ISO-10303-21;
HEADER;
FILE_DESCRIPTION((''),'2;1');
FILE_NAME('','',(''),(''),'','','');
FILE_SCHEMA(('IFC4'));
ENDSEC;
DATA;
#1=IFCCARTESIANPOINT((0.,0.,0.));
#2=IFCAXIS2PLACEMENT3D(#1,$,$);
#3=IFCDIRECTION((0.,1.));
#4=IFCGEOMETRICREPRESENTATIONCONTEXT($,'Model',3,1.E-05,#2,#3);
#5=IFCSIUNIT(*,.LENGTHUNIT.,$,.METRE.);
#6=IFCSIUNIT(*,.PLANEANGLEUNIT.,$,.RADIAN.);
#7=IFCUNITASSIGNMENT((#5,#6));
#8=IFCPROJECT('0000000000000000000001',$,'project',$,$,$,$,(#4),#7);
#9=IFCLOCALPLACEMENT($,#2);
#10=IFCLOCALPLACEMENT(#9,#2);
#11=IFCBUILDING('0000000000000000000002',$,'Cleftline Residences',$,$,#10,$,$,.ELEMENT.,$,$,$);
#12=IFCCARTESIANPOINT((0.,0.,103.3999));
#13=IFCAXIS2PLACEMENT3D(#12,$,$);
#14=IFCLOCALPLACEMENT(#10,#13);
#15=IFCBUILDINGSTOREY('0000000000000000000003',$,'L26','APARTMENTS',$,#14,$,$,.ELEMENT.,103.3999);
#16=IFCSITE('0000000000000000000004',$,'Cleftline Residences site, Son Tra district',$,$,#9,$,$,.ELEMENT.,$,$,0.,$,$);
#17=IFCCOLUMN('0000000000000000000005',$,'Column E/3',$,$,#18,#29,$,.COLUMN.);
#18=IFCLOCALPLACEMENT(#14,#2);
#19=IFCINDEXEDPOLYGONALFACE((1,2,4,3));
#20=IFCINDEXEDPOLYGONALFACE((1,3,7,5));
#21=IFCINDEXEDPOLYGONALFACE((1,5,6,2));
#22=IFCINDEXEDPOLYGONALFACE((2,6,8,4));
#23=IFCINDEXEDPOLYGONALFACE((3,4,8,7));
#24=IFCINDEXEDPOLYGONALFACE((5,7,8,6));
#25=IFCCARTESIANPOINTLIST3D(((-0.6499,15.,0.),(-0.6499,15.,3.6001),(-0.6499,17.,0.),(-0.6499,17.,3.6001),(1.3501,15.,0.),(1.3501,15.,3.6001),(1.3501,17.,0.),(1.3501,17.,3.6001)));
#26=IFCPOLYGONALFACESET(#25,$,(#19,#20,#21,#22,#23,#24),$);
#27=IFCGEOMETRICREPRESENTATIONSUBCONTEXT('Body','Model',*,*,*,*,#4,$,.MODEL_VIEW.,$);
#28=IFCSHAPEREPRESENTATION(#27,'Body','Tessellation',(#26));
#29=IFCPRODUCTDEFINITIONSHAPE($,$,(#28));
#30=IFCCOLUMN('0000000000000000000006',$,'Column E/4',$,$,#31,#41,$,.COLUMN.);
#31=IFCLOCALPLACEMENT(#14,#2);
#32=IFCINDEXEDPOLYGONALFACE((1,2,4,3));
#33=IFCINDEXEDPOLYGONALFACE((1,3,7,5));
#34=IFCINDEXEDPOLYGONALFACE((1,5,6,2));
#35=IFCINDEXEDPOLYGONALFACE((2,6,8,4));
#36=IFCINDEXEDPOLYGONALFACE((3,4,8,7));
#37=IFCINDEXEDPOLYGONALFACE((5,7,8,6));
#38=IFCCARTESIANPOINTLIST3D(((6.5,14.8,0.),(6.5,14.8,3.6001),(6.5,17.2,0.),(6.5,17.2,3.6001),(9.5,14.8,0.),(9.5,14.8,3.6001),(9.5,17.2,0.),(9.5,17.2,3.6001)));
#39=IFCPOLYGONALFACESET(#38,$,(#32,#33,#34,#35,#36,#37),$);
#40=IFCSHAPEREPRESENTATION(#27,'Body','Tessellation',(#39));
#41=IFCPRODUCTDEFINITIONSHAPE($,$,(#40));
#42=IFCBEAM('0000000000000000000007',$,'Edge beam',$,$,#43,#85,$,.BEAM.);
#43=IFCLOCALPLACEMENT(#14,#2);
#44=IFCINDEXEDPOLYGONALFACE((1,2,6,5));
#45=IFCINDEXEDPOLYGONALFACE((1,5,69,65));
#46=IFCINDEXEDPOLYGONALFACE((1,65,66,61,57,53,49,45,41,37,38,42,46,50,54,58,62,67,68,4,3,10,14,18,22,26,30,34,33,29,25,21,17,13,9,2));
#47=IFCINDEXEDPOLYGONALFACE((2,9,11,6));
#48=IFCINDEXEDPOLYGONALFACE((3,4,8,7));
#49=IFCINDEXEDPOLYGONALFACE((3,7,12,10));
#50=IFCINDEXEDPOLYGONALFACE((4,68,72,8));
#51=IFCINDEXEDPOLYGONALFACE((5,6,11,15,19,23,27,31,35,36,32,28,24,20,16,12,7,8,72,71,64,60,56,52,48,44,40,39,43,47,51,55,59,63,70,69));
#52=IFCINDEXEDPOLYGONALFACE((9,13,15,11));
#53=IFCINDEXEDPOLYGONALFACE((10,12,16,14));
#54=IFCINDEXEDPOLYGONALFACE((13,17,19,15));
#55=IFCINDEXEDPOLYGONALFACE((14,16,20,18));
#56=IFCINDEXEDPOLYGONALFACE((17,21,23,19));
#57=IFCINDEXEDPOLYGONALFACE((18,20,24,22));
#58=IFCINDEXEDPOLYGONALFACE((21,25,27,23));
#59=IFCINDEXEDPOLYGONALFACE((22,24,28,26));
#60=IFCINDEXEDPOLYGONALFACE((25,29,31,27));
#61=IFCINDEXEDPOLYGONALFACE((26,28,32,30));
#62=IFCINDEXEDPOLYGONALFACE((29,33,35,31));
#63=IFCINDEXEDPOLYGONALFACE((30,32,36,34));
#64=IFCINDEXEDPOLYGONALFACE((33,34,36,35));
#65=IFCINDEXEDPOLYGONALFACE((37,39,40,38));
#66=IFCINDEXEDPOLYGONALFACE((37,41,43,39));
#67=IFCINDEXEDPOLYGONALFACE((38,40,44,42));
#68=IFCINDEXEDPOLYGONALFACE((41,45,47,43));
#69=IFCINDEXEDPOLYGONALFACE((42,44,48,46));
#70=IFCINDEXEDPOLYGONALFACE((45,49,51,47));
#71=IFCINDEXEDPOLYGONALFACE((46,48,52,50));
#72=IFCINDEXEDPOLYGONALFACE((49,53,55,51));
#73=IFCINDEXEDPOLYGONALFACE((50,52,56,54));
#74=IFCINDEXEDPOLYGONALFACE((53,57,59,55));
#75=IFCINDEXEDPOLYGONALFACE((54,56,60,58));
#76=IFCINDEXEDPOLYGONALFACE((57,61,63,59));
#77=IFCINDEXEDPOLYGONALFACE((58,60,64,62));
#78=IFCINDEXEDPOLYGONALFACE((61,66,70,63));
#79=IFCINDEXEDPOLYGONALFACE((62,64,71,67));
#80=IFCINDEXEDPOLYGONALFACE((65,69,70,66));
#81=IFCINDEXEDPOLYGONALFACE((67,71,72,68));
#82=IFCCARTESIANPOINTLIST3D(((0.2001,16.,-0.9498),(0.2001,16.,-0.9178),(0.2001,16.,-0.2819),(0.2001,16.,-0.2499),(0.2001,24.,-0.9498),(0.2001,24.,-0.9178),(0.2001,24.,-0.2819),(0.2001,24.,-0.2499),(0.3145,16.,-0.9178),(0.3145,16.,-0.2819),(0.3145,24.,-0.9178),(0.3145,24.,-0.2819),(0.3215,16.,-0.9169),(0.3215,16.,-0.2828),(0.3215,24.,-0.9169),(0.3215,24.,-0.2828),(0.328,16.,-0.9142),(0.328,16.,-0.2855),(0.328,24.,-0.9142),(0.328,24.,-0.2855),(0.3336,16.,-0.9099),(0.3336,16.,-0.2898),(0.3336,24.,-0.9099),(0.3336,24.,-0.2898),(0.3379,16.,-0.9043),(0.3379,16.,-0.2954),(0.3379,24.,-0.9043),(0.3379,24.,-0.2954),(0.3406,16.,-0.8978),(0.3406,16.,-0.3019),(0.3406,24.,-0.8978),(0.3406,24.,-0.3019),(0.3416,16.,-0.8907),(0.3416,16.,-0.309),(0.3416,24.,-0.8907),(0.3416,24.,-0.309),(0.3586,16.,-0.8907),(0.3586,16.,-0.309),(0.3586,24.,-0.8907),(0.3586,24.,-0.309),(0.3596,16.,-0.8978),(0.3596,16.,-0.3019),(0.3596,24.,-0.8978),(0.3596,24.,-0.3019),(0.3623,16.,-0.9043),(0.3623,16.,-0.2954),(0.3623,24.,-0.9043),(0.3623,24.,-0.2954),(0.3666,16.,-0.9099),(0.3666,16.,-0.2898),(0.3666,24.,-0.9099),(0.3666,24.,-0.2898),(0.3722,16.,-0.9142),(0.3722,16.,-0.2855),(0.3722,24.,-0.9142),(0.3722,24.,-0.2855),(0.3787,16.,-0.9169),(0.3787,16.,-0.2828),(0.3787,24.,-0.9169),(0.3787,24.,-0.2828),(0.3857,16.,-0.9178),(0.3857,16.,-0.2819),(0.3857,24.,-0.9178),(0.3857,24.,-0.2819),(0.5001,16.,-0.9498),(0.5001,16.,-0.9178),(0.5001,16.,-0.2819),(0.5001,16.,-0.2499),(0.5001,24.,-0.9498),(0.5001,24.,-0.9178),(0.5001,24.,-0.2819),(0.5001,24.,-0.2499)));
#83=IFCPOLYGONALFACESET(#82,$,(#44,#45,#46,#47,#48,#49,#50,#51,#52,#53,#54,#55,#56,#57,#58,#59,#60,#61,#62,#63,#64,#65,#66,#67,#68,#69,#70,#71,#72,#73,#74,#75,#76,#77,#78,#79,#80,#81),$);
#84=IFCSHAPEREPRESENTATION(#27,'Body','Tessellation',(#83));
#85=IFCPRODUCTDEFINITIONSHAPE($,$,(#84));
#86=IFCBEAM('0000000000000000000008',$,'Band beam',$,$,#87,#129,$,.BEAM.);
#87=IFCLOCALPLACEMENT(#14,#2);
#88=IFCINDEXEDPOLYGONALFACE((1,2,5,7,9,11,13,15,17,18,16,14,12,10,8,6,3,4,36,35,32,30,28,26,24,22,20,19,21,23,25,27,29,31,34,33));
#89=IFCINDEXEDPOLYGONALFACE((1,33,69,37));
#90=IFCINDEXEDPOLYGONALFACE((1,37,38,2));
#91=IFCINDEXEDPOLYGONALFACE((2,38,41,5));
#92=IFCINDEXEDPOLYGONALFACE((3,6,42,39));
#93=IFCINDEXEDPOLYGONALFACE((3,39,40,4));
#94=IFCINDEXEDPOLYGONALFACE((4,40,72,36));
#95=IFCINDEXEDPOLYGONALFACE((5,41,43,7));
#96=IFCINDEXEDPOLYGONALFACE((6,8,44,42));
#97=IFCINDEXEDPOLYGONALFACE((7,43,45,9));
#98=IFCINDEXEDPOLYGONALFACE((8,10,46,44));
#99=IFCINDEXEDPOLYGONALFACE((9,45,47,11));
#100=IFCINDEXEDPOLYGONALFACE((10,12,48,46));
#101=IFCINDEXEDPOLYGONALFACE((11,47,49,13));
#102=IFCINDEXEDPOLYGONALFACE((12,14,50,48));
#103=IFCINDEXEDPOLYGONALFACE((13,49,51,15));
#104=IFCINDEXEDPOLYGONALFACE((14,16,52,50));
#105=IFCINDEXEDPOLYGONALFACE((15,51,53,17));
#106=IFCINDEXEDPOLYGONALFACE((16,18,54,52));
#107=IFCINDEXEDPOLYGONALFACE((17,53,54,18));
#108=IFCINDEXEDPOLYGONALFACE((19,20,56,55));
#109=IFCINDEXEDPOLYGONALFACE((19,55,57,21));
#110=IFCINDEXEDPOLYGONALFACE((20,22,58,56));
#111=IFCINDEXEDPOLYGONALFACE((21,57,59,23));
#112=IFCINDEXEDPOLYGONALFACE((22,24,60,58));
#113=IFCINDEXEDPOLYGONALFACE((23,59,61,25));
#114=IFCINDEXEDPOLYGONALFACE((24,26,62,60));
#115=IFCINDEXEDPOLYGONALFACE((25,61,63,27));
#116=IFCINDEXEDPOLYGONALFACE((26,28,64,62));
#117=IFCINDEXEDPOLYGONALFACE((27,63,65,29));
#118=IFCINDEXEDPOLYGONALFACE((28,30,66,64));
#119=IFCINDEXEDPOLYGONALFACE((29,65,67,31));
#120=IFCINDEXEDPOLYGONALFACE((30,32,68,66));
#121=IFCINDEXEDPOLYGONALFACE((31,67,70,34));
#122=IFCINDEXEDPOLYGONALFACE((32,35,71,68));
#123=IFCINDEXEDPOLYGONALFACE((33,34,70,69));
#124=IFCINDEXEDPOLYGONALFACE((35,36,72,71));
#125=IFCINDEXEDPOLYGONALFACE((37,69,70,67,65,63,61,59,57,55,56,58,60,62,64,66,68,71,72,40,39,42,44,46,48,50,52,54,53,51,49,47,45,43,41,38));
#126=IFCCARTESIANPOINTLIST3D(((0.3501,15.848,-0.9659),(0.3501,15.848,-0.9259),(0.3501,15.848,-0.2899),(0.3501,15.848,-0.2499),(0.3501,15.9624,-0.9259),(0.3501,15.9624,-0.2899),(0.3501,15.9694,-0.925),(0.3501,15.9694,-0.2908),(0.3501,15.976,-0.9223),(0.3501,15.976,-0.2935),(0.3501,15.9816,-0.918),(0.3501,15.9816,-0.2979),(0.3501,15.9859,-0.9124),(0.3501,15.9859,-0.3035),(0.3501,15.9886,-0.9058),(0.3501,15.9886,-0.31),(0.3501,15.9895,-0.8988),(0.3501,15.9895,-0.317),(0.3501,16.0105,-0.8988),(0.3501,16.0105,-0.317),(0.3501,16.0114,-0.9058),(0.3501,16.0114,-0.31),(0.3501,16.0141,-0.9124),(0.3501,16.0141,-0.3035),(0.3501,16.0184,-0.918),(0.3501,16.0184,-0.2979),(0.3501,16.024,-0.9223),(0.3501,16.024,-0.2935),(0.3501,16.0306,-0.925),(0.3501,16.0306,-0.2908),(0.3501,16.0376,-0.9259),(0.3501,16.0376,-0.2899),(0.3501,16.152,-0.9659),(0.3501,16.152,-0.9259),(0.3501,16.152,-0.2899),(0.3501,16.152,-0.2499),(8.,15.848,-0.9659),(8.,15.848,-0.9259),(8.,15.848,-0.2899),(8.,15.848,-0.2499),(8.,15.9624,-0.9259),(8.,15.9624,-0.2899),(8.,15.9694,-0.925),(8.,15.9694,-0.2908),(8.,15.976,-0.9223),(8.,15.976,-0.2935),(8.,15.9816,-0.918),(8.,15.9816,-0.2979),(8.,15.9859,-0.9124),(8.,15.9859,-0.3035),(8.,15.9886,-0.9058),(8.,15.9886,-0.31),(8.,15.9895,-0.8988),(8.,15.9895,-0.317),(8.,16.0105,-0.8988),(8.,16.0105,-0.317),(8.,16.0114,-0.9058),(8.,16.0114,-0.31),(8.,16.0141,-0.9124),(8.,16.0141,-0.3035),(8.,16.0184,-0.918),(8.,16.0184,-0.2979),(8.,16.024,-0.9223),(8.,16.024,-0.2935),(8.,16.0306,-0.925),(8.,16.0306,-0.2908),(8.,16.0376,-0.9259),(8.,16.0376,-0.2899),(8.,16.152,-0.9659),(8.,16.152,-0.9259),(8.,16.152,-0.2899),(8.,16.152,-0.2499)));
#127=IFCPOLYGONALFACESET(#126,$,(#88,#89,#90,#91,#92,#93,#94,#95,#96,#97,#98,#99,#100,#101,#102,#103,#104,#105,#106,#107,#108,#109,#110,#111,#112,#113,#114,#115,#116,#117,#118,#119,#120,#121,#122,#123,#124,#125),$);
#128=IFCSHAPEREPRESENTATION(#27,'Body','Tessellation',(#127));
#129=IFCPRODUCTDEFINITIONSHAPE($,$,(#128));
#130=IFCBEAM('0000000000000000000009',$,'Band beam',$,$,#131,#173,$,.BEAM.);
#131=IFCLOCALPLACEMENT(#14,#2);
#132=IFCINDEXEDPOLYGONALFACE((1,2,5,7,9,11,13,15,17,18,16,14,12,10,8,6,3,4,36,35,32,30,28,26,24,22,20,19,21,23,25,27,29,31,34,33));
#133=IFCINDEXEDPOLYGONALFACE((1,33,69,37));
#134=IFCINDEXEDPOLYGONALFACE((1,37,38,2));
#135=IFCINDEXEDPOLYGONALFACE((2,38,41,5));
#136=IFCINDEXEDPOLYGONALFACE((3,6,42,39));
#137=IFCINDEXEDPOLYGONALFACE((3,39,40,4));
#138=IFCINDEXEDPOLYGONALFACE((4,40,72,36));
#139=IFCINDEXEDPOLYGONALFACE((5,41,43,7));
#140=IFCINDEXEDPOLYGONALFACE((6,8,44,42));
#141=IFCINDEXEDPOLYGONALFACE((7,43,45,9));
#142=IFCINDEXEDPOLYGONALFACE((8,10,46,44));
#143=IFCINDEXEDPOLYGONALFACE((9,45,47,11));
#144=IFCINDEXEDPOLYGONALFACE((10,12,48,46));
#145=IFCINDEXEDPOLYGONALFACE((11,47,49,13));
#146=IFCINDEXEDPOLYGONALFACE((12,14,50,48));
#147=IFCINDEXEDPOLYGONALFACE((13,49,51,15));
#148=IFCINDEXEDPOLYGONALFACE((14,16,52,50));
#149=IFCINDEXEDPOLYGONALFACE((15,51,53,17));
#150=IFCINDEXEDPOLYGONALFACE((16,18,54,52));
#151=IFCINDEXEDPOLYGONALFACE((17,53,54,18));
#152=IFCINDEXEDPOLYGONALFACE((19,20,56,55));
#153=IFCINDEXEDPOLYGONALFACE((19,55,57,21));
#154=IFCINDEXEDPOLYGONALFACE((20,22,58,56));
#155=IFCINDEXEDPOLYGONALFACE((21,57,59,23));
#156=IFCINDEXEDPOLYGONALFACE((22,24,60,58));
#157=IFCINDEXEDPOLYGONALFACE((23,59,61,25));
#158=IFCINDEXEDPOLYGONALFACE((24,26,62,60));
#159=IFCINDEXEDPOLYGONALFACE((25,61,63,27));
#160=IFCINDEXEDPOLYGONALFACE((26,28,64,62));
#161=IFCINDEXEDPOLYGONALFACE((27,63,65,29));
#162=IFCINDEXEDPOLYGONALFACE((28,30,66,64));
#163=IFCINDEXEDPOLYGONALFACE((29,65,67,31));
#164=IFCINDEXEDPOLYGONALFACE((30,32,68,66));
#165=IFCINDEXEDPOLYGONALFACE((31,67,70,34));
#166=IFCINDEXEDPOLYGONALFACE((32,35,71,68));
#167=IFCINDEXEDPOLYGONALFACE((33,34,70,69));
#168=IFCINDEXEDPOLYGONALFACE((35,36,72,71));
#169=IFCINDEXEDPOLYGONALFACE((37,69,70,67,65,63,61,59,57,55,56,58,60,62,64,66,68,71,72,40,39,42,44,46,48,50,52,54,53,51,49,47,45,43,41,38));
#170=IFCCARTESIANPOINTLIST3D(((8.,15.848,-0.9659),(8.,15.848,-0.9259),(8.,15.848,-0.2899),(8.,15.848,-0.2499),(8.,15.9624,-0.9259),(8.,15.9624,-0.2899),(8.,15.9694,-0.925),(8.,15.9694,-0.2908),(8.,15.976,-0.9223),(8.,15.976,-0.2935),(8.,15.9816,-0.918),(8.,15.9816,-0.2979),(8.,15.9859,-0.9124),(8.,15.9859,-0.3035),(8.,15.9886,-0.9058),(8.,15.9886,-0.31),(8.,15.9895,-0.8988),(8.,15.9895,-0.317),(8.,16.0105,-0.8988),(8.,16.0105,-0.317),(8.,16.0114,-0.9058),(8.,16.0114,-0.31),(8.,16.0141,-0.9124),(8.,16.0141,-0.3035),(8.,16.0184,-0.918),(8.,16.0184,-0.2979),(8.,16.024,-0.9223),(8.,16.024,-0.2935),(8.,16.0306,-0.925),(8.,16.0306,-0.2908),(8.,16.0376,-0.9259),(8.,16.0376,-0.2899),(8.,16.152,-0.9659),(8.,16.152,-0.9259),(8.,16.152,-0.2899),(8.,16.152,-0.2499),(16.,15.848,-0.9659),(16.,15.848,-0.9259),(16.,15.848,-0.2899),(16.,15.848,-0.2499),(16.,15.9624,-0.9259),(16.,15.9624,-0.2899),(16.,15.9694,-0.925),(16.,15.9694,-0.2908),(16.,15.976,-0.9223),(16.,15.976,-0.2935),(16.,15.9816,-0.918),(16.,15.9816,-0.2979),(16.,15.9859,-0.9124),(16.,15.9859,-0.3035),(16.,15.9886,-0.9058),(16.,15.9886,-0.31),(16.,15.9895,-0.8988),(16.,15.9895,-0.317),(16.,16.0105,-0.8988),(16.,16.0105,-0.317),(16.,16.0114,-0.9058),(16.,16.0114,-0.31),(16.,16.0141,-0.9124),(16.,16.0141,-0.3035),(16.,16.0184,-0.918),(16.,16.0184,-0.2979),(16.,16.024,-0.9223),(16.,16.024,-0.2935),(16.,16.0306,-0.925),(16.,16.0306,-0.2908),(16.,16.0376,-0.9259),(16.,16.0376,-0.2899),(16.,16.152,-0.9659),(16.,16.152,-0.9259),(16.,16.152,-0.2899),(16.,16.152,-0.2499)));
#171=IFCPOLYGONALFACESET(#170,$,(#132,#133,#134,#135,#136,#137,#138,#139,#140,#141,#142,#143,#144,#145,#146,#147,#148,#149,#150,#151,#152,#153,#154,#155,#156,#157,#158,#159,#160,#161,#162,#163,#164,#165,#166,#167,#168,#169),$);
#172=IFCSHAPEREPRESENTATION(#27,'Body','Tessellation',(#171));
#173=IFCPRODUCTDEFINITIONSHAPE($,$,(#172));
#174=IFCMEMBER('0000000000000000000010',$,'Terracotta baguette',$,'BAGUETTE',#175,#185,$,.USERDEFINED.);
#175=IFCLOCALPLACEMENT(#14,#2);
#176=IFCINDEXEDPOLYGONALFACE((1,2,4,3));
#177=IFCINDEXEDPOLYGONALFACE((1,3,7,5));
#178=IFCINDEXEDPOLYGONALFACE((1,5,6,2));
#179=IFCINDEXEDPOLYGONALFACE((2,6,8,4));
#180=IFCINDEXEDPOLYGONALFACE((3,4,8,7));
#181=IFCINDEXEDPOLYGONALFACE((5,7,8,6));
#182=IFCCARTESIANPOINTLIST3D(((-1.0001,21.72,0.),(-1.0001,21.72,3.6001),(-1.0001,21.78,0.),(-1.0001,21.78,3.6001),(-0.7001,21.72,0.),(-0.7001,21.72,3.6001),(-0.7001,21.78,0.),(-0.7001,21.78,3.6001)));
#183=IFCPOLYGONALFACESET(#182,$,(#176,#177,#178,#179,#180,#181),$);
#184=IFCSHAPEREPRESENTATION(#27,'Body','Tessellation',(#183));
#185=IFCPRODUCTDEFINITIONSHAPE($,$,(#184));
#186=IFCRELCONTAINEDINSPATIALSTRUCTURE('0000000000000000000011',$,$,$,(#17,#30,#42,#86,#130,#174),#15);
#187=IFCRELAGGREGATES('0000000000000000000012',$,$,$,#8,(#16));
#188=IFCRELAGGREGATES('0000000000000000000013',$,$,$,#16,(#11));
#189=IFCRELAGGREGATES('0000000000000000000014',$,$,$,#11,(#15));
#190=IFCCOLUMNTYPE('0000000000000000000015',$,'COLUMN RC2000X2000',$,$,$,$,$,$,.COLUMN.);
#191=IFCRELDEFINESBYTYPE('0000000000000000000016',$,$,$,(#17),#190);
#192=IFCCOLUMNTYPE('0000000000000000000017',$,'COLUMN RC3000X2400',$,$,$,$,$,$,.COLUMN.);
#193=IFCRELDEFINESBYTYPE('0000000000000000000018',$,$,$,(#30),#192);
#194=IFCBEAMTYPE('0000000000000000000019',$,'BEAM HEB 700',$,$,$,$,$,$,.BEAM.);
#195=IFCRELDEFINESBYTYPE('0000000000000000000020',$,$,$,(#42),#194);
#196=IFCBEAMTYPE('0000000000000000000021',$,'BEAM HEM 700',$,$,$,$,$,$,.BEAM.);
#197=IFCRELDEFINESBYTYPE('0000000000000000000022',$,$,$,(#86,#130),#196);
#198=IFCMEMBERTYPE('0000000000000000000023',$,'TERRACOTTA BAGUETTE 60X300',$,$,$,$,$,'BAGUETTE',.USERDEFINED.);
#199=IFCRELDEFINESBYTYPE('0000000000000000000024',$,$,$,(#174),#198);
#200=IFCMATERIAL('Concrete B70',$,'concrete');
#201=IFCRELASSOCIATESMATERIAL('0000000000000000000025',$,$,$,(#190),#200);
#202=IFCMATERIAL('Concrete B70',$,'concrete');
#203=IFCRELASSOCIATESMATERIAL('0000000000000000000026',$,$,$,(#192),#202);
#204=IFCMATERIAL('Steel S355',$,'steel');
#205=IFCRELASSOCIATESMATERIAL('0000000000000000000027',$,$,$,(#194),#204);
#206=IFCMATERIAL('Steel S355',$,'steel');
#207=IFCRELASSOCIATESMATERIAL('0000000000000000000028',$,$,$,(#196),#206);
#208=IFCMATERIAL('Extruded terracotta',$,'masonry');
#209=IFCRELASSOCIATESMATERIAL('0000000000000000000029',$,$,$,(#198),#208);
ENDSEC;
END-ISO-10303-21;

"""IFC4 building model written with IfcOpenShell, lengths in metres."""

from ifc_helpers import new_model, si_unit, direction, frame, origin, origin_2d, place, context, subcontext, project, spatial, rectangle, i_section, extrude, material, material_profile, profile_set, type_object, element, save


model = new_model("IFC4")

# Units and contexts
model_context = context("Model", 3, precision=1e-05, world=origin(), true_north=direction((0.0, 1.0)))
body_context = subcontext(model_context, "Body", "Model", "MODEL_VIEW")
ifc_project = project(units=[si_unit("LENGTHUNIT", "METRE"), si_unit("PLANEANGLEUNIT", "RADIAN")], contexts=[model_context])

# Site, building, storey
site_placement = place(None, origin())
site = spatial("IfcSite", under=ifc_project, at=site_placement, Name="Cleftline Residences site, Son Tra district", CompositionType="ELEMENT", RefElevation=0.0)
building_placement = place(site_placement, origin())
building = spatial("IfcBuilding", under=site, at=building_placement, Name="Cleftline Residences", CompositionType="ELEMENT")
storey_placement = place(building_placement, frame((0.0, 0.0, 103.3999)))
storey = spatial("IfcBuildingStorey", under=building, at=storey_placement, Name="L26", Description="APARTMENTS", CompositionType="ELEMENT", Elevation=103.3999)

# Columns
ifc_material_1 = material(Name="Concrete B70", Category="concrete")
ifc_material_profile_1 = material_profile(ifc_material_1, rectangle(XDim=2.0, YDim=2.0, at=origin_2d()))
ifc_profile_set_1 = profile_set([ifc_material_profile_1], Name="Concrete B70")
column_type_1 = type_object("IfcColumnType", Name="COLUMN RC2000X2000", PredefinedType="COLUMN", material=ifc_profile_set_1)
column_1_placement = place(storey_placement, frame((0.3501, 16.0, 0.0), z_axis=(0.0, 0.0, 1.0), x_axis=(1.0, 0.0, 0.0)))
element("IfcColumn", 1, at=column_1_placement, inside=storey, type_object=column_type_1, Name="Column E/3", PredefinedType="COLUMN", context=body_context, shape_type="SweptSolid", body=[
    extrude(rectangle(XDim=2.0, YDim=2.0, at=origin_2d()), origin(), (0.0, 0.0, 1.0), 3.6001),
])
ifc_material_2 = material(Name="Concrete B70", Category="concrete")
ifc_material_profile_2 = material_profile(ifc_material_2, rectangle(XDim=3.0, YDim=2.3999, at=origin_2d()))
ifc_profile_set_2 = profile_set([ifc_material_profile_2], Name="Concrete B70")
column_type_2 = type_object("IfcColumnType", Name="COLUMN RC3000X2400", PredefinedType="COLUMN", material=ifc_profile_set_2)
column_2_placement = place(storey_placement, frame((8.0, 16.0, 0.0), z_axis=(0.0, 0.0, 1.0), x_axis=(1.0, 0.0, 0.0)))
element("IfcColumn", 2, at=column_2_placement, inside=storey, type_object=column_type_2, Name="Column E/4", PredefinedType="COLUMN", context=body_context, shape_type="SweptSolid", body=[
    extrude(rectangle(XDim=3.0, YDim=2.3999, at=origin_2d()), origin(), (0.0, 0.0, 1.0), 3.6001),
])

# Beams
ifc_material_3 = material(Name="Steel S355", Category="steel")
ifc_material_profile_3 = material_profile(ifc_material_3, i_section(OverallWidth=0.3, OverallDepth=0.7, WebThickness=0.0171, FlangeThickness=0.032, FilletRadius=0.0271, at=origin_2d()))
ifc_profile_set_3 = profile_set([ifc_material_profile_3], Name="Steel S355")
beam_type_1 = type_object("IfcBeamType", Name="BEAM HEB 700", PredefinedType="BEAM", material=ifc_profile_set_3)
beam_1_placement = place(storey_placement, frame((0.3501, 16.0, -0.5999), z_axis=(0.0, 1.0, 0.0), x_axis=(-1.0, 0.0, 0.0)))
element("IfcBeam", 3, at=beam_1_placement, inside=storey, type_object=beam_type_1, Name="Edge beam", PredefinedType="BEAM", context=body_context, shape_type="SweptSolid", body=[
    extrude(i_section(OverallWidth=0.3, OverallDepth=0.7, WebThickness=0.0171, FlangeThickness=0.032, FilletRadius=0.0271, at=origin_2d()), origin(), (0.0, 0.0, 1.0), 8.0),
])
ifc_material_4 = material(Name="Steel S355", Category="steel")
ifc_material_profile_4 = material_profile(ifc_material_4, i_section(OverallWidth=0.304, OverallDepth=0.7161, WebThickness=0.021, FlangeThickness=0.04, FilletRadius=0.0271, at=origin_2d()))
ifc_profile_set_4 = profile_set([ifc_material_profile_4], Name="Steel S355")
beam_type_2 = type_object("IfcBeamType", Name="BEAM HEM 700", PredefinedType="BEAM", material=ifc_profile_set_4)
beam_2_placement = place(storey_placement, frame((0.3501, 16.0, -0.6079), z_axis=(1.0, 0.0, 0.0), x_axis=(0.0, 1.0, 0.0)))
element("IfcBeam", 4, at=beam_2_placement, inside=storey, type_object=beam_type_2, Name="Band beam", PredefinedType="BEAM", context=body_context, shape_type="SweptSolid", body=[
    extrude(i_section(OverallWidth=0.304, OverallDepth=0.7161, WebThickness=0.021, FlangeThickness=0.04, FilletRadius=0.0271, at=origin_2d()), origin(), (0.0, 0.0, 1.0), 7.6499),
])
beam_3_placement = place(storey_placement, frame((8.0, 16.0, -0.6079), z_axis=(1.0, 0.0, 0.0), x_axis=(0.0, 1.0, 0.0)))
element("IfcBeam", 5, at=beam_3_placement, inside=storey, type_object=beam_type_2, Name="Band beam", PredefinedType="BEAM", context=body_context, shape_type="SweptSolid", body=[
    extrude(i_section(OverallWidth=0.304, OverallDepth=0.7161, WebThickness=0.021, FlangeThickness=0.04, FilletRadius=0.0271, at=origin_2d()), origin(), (0.0, 0.0, 1.0), 8.0),
])

# Member
ifc_material_5 = material(Name="Extruded terracotta", Category="masonry")
ifc_material_profile_5 = material_profile(ifc_material_5, rectangle(XDim=0.0601, YDim=0.3, at=origin_2d()))
ifc_profile_set_5 = profile_set([ifc_material_profile_5], Name="Extruded terracotta")
member_type = type_object("IfcMemberType", Name="TERRACOTTA BAGUETTE 60X300", ElementType="BAGUETTE", PredefinedType="USERDEFINED", material=ifc_profile_set_5)
for number, where, z_axis, x_axis, name in (
    (6, (-0.8501, 21.75, 0.0), (0.0, 0.0, 1.0), (0.0, 1.0, 0.0), "Terracotta baguette"),
):
    element("IfcMember", number, at=place(storey_placement, frame(where, z_axis=z_axis, x_axis=x_axis)), inside=storey, type_object=member_type, Name=name, ObjectType="BAGUETTE", PredefinedType="USERDEFINED", context=body_context, shape_type="SweptSolid", body=[
        extrude(rectangle(XDim=0.0601, YDim=0.3, at=origin_2d()), origin(), (0.0, 0.0, 1.0), 3.6001),
    ])

save(model, "model.ifc")
